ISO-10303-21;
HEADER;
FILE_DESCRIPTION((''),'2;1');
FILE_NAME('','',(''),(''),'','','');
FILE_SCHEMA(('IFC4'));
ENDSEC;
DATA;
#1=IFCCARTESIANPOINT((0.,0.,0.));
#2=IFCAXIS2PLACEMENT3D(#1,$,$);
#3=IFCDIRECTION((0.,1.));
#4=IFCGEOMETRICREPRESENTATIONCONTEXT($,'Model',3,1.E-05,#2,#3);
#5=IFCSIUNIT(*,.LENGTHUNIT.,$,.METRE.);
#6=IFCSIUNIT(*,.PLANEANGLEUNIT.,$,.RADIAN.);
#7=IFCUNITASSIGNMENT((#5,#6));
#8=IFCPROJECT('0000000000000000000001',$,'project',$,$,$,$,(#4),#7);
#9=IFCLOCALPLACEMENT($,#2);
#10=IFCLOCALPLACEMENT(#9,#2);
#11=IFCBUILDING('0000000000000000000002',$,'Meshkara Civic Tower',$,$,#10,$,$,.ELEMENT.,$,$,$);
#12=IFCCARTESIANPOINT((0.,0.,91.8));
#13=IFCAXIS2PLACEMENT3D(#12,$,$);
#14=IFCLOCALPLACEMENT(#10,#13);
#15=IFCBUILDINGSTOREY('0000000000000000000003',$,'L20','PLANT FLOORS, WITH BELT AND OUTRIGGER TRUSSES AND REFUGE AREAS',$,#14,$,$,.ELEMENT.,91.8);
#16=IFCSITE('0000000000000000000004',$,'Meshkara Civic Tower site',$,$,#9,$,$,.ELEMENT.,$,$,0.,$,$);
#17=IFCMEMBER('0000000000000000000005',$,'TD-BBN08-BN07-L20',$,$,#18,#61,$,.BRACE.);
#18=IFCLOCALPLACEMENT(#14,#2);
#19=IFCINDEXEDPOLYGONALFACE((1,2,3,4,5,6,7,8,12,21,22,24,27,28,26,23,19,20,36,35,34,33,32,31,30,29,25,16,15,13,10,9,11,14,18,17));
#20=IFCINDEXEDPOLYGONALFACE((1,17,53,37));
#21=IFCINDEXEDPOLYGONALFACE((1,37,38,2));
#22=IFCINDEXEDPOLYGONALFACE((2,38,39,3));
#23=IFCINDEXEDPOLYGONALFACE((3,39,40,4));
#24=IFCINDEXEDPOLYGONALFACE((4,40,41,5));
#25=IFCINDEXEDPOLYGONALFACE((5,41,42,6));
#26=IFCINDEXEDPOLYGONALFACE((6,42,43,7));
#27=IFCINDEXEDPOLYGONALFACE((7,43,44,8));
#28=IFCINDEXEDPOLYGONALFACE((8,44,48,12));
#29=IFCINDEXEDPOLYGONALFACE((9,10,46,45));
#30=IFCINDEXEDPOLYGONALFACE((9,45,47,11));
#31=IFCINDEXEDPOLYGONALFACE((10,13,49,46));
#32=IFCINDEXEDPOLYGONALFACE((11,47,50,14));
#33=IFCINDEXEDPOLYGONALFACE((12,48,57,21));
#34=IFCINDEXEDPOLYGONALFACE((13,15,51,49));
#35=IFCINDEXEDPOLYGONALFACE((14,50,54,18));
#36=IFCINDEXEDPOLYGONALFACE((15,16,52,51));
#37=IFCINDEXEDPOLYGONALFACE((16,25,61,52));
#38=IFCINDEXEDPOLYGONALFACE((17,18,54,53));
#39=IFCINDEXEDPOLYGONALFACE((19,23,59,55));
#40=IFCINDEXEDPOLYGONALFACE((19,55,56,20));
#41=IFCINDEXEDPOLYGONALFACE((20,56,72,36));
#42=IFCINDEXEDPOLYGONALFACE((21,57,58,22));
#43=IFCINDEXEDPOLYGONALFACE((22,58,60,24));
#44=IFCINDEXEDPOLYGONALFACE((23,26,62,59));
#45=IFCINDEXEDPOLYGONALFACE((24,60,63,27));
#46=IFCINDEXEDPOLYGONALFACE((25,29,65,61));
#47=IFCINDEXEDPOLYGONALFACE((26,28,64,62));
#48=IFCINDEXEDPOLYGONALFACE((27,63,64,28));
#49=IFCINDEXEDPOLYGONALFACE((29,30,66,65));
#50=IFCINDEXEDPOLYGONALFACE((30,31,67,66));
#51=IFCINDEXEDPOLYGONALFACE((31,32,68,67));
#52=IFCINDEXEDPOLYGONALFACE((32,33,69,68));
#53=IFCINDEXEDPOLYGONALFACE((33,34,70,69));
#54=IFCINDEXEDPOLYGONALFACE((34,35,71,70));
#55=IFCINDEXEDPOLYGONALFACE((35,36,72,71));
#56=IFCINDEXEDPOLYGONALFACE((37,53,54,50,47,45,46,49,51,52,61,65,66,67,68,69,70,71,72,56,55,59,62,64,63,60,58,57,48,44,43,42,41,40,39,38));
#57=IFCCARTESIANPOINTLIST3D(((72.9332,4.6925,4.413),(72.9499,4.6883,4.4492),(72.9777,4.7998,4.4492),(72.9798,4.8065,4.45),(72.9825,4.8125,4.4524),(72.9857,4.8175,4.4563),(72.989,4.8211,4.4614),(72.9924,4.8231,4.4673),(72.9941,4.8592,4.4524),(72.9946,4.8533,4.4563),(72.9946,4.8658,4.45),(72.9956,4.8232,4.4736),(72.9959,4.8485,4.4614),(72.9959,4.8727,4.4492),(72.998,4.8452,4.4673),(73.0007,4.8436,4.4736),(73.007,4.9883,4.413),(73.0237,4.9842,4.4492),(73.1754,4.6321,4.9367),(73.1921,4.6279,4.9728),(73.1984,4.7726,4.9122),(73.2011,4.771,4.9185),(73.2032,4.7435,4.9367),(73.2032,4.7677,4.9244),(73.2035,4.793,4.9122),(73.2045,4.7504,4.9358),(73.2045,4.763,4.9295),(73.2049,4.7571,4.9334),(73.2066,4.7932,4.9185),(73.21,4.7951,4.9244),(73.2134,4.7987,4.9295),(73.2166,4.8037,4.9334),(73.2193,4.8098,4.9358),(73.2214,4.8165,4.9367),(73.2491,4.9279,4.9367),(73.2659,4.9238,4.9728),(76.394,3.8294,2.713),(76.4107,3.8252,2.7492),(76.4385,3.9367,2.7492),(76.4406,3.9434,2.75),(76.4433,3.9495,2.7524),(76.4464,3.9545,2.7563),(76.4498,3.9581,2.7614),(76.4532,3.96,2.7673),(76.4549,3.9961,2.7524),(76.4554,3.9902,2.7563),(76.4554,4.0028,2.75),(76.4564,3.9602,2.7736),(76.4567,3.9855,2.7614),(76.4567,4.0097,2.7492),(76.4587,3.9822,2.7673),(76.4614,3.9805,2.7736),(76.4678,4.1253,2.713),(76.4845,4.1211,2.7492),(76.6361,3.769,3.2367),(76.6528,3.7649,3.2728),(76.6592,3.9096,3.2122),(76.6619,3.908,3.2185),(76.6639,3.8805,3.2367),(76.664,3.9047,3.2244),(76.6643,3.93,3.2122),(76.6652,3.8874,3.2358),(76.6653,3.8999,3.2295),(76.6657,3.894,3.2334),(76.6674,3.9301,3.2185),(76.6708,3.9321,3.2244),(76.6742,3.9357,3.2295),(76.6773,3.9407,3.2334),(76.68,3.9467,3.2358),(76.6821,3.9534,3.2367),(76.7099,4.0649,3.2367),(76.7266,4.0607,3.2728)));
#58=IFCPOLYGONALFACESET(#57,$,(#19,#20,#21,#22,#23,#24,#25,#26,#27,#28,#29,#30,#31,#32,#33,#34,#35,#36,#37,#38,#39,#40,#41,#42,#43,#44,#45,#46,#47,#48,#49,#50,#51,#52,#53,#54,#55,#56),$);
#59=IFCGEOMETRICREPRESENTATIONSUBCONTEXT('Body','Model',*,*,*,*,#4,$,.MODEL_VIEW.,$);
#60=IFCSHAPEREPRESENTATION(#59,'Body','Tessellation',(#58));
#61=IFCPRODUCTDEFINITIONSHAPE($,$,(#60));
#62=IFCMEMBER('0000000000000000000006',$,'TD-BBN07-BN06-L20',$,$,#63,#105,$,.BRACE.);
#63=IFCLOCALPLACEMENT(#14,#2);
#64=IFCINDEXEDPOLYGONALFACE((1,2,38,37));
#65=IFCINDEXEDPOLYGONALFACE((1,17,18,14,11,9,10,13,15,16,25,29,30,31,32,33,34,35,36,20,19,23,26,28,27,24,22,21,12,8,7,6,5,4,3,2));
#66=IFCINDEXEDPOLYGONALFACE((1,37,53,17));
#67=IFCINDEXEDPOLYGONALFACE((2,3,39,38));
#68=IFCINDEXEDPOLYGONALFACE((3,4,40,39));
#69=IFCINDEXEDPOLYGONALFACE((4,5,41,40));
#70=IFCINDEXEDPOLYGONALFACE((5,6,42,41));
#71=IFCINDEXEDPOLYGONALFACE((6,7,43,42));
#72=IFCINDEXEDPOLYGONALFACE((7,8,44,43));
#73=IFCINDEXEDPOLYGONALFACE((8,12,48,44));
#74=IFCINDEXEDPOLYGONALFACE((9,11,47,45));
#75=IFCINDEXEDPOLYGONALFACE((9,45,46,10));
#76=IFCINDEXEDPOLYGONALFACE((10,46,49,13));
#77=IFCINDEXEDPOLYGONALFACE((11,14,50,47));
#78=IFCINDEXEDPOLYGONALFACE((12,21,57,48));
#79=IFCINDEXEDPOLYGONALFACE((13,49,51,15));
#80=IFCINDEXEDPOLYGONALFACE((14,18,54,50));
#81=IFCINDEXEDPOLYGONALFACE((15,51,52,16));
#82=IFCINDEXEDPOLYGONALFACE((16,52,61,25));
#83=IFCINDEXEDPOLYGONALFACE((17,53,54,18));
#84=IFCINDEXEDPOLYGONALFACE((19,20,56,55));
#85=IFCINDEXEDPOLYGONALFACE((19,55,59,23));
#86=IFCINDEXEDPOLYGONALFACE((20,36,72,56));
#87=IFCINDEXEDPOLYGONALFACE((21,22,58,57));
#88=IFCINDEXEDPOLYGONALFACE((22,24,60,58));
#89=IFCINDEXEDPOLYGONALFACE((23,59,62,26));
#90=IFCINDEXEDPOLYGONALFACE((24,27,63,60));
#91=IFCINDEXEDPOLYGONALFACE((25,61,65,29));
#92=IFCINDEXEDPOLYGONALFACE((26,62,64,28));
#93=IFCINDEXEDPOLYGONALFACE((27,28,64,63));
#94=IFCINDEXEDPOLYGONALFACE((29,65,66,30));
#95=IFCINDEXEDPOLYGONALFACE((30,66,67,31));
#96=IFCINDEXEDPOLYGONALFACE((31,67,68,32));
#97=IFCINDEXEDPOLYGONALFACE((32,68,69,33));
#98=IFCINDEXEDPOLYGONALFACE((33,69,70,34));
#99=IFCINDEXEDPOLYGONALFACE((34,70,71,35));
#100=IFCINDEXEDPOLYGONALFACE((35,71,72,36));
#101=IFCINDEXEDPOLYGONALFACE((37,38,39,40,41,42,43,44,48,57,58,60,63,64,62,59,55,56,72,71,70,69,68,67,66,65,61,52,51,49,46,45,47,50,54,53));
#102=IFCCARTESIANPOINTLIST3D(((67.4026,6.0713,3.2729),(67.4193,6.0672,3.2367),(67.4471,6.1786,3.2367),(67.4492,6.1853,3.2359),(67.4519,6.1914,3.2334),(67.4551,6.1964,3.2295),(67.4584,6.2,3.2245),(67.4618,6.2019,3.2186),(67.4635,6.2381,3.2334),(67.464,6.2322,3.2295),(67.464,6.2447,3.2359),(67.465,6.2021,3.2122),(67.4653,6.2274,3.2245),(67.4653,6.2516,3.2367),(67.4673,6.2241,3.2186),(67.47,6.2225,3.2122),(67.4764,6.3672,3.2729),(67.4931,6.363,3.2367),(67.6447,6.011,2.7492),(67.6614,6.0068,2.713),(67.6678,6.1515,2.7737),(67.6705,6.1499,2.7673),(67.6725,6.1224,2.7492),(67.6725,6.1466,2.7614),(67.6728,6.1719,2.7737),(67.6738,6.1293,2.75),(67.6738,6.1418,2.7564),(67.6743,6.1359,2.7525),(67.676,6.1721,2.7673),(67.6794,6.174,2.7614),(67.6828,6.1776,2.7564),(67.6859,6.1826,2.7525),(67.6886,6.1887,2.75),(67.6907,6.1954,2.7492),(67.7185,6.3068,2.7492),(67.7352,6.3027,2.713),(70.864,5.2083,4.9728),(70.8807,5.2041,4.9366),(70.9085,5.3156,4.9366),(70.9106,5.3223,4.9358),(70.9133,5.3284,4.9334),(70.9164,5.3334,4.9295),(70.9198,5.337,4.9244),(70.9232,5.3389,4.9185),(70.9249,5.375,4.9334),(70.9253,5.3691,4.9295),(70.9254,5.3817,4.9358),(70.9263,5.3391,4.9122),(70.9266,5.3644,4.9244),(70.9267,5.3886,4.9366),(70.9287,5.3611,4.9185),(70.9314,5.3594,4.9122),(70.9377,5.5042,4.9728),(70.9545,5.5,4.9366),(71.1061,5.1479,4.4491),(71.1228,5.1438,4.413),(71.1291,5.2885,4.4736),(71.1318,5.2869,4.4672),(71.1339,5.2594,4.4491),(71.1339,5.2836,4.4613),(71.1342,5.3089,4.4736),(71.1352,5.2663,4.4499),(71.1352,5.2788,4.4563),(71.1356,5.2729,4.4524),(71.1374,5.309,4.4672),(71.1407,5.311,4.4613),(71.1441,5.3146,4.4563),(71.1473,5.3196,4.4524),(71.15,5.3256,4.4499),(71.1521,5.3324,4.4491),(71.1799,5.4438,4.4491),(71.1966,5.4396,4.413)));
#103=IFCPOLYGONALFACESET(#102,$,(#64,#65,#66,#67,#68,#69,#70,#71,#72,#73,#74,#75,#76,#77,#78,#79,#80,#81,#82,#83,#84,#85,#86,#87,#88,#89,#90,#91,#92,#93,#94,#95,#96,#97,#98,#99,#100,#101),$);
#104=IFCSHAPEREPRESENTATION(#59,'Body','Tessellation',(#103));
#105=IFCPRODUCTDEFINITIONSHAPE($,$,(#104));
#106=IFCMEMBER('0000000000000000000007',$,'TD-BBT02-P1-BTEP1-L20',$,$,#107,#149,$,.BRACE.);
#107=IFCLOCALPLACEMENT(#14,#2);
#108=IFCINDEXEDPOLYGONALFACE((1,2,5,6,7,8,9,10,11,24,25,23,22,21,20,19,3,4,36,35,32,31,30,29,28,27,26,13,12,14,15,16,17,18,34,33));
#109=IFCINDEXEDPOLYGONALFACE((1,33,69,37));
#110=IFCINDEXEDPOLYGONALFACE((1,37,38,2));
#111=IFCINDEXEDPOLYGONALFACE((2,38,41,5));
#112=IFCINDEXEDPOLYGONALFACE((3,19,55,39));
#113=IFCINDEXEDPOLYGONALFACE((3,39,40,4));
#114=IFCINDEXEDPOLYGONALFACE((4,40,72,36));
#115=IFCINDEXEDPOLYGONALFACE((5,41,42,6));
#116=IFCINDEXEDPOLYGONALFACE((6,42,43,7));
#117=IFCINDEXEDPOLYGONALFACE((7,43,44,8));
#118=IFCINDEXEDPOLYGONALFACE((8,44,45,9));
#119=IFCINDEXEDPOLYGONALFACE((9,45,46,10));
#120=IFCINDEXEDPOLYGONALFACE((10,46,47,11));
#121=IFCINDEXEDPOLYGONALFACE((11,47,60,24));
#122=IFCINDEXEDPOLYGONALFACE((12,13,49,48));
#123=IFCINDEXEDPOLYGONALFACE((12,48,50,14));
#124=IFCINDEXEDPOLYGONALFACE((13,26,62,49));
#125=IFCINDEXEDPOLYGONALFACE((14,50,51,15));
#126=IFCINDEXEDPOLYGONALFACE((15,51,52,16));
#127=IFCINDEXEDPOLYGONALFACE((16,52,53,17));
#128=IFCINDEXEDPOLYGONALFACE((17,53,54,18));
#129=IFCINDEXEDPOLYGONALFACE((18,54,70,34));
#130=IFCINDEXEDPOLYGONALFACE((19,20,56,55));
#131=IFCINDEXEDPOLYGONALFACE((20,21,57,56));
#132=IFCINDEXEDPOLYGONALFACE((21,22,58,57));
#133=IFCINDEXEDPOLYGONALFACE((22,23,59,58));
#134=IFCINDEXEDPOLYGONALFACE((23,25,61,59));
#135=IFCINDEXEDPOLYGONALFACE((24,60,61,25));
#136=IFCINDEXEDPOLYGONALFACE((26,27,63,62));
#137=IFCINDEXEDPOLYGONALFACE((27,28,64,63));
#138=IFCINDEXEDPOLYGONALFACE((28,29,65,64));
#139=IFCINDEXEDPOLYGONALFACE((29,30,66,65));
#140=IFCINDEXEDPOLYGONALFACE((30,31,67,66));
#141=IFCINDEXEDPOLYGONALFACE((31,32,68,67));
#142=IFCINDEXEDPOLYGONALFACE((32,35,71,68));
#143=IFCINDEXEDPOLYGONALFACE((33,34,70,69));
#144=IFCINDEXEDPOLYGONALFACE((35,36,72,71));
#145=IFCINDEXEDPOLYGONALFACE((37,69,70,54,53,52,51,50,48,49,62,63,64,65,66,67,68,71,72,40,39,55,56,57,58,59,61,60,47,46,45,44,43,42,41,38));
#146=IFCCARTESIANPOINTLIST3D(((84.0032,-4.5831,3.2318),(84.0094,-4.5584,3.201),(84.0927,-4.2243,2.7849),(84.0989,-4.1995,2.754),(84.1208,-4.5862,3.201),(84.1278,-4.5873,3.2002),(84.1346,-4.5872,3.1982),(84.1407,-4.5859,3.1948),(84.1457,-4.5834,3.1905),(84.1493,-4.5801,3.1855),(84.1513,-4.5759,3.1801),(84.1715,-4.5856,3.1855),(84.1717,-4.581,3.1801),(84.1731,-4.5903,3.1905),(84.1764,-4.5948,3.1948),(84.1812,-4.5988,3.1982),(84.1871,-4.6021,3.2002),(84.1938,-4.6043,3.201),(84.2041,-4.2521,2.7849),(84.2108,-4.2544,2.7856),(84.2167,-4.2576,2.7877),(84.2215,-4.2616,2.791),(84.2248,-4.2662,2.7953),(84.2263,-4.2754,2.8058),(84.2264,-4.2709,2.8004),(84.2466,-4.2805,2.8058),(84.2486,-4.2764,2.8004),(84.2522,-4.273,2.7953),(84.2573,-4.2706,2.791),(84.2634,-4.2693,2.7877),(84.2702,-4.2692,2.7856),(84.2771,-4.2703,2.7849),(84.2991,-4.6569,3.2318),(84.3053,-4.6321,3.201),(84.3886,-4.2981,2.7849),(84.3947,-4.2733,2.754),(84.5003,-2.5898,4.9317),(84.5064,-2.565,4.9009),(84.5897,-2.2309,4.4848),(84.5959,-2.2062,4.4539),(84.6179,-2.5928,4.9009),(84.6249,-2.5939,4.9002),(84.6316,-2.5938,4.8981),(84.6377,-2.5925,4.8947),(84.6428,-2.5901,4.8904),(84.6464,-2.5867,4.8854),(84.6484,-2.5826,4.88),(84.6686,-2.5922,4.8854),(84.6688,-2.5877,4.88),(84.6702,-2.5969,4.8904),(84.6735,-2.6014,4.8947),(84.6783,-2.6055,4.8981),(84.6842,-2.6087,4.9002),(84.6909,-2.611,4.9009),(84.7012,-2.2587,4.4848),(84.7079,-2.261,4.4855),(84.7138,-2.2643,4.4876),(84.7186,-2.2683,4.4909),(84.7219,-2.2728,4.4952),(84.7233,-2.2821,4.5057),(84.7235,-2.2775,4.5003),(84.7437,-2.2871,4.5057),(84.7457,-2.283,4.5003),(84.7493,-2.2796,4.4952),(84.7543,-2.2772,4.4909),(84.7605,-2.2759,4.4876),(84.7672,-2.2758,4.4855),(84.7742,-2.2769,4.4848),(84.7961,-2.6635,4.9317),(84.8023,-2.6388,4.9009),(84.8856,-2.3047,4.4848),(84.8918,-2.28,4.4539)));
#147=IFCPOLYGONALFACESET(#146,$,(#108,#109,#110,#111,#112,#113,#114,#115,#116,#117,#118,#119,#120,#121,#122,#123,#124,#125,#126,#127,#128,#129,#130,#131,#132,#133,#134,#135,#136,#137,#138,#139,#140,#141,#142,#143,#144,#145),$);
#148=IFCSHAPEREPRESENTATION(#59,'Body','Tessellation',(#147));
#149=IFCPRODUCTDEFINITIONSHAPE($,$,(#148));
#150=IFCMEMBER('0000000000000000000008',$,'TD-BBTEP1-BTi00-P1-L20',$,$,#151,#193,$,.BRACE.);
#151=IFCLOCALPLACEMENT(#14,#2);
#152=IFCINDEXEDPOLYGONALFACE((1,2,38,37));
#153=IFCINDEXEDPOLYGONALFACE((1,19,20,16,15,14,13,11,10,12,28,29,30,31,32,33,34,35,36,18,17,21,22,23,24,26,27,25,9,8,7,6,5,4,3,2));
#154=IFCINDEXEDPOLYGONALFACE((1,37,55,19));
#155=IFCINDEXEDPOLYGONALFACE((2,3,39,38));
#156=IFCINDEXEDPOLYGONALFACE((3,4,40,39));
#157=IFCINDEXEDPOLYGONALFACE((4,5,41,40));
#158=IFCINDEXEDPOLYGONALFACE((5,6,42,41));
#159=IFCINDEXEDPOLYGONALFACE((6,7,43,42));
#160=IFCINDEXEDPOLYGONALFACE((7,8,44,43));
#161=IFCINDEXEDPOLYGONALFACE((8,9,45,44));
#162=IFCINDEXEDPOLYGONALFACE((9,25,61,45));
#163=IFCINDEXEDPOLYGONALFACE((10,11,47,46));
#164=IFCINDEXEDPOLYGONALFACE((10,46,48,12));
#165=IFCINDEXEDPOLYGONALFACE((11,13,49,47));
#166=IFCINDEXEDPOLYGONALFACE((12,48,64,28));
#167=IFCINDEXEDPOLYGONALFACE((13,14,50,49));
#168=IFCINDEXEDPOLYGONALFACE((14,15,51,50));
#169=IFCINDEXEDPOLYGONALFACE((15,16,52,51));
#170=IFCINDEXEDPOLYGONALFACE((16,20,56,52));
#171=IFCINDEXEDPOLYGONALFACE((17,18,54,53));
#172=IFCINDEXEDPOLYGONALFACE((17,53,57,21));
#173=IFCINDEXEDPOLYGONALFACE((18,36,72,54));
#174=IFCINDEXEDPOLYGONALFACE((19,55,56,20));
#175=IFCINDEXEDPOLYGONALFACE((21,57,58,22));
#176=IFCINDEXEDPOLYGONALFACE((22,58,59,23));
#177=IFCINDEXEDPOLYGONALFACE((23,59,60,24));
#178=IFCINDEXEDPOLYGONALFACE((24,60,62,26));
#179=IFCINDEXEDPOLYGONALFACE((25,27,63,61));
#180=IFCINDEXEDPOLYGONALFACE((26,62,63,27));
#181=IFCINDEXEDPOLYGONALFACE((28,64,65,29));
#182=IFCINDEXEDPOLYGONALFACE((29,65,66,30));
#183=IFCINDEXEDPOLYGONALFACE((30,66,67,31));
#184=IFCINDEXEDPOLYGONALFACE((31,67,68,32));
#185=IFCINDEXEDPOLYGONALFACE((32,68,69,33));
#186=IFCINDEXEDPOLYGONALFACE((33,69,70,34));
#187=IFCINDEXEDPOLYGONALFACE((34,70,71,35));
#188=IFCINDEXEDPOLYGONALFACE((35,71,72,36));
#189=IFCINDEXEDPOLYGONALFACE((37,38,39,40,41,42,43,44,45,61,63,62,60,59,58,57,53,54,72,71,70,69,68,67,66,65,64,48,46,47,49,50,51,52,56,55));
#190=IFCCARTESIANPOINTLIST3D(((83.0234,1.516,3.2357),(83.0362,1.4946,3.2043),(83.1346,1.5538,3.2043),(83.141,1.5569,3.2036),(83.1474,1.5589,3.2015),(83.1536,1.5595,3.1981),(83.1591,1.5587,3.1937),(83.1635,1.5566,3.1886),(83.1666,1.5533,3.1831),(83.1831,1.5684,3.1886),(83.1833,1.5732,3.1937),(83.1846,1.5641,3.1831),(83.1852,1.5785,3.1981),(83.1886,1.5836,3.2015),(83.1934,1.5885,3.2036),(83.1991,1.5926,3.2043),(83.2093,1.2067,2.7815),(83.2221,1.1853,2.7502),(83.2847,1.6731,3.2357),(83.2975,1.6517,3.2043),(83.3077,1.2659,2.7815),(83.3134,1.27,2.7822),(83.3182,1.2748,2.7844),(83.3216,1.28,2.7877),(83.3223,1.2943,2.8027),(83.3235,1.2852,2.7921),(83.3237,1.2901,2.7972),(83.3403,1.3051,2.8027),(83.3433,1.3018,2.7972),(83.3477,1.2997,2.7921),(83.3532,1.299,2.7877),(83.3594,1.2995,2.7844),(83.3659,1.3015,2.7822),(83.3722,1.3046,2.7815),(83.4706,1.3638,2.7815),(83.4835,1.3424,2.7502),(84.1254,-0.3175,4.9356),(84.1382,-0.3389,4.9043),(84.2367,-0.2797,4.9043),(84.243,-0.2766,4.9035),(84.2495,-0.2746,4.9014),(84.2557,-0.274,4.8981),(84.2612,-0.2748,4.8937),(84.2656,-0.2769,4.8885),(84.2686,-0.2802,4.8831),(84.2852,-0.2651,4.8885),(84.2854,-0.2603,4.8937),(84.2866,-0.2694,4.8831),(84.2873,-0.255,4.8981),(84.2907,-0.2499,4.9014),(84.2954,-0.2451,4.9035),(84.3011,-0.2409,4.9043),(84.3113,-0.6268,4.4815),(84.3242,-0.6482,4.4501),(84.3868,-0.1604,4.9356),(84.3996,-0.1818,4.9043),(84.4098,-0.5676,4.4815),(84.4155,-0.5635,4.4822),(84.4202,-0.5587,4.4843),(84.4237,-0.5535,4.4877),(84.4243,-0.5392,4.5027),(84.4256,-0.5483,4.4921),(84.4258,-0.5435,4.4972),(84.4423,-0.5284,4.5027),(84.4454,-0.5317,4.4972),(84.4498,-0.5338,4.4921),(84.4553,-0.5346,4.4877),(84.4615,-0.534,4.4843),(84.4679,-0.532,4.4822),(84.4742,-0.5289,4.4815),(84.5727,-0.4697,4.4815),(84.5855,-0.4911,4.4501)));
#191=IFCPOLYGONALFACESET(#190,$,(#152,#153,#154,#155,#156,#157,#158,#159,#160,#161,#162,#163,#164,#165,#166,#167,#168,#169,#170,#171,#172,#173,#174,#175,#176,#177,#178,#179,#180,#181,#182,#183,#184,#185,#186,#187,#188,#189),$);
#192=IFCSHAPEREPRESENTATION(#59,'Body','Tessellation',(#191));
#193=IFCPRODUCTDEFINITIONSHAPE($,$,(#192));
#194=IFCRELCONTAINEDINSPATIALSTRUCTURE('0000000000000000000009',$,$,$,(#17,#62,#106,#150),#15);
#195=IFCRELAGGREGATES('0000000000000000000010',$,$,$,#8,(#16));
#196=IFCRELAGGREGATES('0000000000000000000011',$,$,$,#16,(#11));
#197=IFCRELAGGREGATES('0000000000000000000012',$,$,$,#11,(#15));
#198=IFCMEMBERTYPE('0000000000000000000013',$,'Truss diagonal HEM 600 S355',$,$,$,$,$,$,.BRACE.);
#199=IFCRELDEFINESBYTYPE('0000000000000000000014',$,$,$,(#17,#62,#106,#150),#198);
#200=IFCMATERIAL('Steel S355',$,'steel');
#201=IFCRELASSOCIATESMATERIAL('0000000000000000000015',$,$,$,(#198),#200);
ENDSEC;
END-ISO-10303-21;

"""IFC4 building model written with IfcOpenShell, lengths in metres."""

from ifc_helpers import new_model, si_unit, direction, frame, origin, origin_2d, place, context, subcontext, project, spatial, i_section, extrude, material, material_profile, profile_set, type_object, element, save


model = new_model("IFC4")

# Units and contexts
model_context = context("Model", 3, precision=1e-05, world=origin(), true_north=direction((0.0, 1.0)))
body_context = subcontext(model_context, "Body", "Model", "MODEL_VIEW")
ifc_project = project(units=[si_unit("LENGTHUNIT", "METRE"), si_unit("PLANEANGLEUNIT", "RADIAN")], contexts=[model_context])

# Site, building, storey
site_placement = place(None, origin())
site = spatial("IfcSite", under=ifc_project, at=site_placement, Name="Meshkara Civic Tower site", CompositionType="ELEMENT", RefElevation=0.0)
building_placement = place(site_placement, origin())
building = spatial("IfcBuilding", under=site, at=building_placement, Name="Meshkara Civic Tower", CompositionType="ELEMENT")
storey_placement = place(building_placement, frame((0.0, 0.0, 91.8)))
storey = spatial("IfcBuildingStorey", under=building, at=storey_placement, Name="L20", Description="PLANT FLOORS, WITH BELT AND OUTRIGGER TRUSSES AND REFUGE AREAS", CompositionType="ELEMENT", Elevation=91.8)

# Members
ifc_material_1 = material(Name="Steel S355", Category="steel")
ifc_material_profile_1 = material_profile(ifc_material_1, i_section(OverallWidth=0.3049, OverallDepth=0.6201, WebThickness=0.021, FlangeThickness=0.04, FilletRadius=0.0271, at=origin_2d()))
ifc_profile_set_1 = profile_set([ifc_material_profile_1], Name="Steel S355")
member_type = type_object("IfcMemberType", Name="Truss diagonal HEM 600 S355", PredefinedType="BRACE", material=ifc_profile_set_1)
member_1_placement = place(storey_placement, frame((76.5603, 3.9451, 2.9929), z_axis=(-0.875885, 0.21843, 0.430249), x_axis=(-0.241972, -0.970283, 0.0)))
element("IfcMember", 1, at=member_1_placement, inside=storey, type_object=member_type, Name="TD-BBN08-BN07-L20", PredefinedType="BRACE", context=body_context, shape_type="SweptSolid", body=[
    extrude(i_section(OverallWidth=0.3049, OverallDepth=0.6201, WebThickness=0.021, FlangeThickness=0.04, FilletRadius=0.0271, at=origin_2d()), origin(), (0.0, 0.0, 1.0), 3.9512),
])
member_2_placement = place(storey_placement, frame((71.0303, 5.324, 4.6929), z_axis=(-0.875928, 0.218395, -0.430179), x_axis=(-0.241924, -0.970295, 0.0)))
element("IfcMember", 2, at=member_2_placement, inside=storey, type_object=member_type, Name="TD-BBN07-BN06-L20", PredefinedType="BRACE", context=body_context, shape_type="SweptSolid", body=[
    extrude(i_section(OverallWidth=0.3049, OverallDepth=0.6201, WebThickness=0.021, FlangeThickness=0.04, FilletRadius=0.0271, at=origin_2d()), origin(), (0.0, 0.0, 1.0), 3.9517),
])
member_3_placement = place(storey_placement, frame((84.199, -4.4282, 2.9929), z_axis=(0.186408, 0.747556, 0.637505), x_axis=(-0.970289, 0.241948, 0.0)))
element("IfcMember", 3, at=member_3_placement, inside=storey, type_object=member_type, Name="TD-BBT02-P1-BTEP1-L20", PredefinedType="BRACE", context=body_context, shape_type="SweptSolid", body=[
    extrude(i_section(OverallWidth=0.3049, OverallDepth=0.6201, WebThickness=0.021, FlangeThickness=0.04, FilletRadius=0.0271, at=origin_2d()), origin(), (0.0, 0.0, 1.0), 2.6665),
])
member_4_placement = place(storey_placement, frame((84.3555, -0.4043, 4.6929), z_axis=(-0.403326, 0.671018, -0.622144), x_axis=(-0.85709, -0.515167, 0.0)))
element("IfcMember", 4, at=member_4_placement, inside=storey, type_object=member_type, Name="TD-BBTEP1-BTi00-P1-L20", PredefinedType="BRACE", context=body_context, shape_type="SweptSolid", body=[
    extrude(i_section(OverallWidth=0.3049, OverallDepth=0.6201, WebThickness=0.021, FlangeThickness=0.04, FilletRadius=0.0271, at=origin_2d()), origin(), (0.0, 0.0, 1.0), 2.7324),
])

save(model, "model.ifc")
